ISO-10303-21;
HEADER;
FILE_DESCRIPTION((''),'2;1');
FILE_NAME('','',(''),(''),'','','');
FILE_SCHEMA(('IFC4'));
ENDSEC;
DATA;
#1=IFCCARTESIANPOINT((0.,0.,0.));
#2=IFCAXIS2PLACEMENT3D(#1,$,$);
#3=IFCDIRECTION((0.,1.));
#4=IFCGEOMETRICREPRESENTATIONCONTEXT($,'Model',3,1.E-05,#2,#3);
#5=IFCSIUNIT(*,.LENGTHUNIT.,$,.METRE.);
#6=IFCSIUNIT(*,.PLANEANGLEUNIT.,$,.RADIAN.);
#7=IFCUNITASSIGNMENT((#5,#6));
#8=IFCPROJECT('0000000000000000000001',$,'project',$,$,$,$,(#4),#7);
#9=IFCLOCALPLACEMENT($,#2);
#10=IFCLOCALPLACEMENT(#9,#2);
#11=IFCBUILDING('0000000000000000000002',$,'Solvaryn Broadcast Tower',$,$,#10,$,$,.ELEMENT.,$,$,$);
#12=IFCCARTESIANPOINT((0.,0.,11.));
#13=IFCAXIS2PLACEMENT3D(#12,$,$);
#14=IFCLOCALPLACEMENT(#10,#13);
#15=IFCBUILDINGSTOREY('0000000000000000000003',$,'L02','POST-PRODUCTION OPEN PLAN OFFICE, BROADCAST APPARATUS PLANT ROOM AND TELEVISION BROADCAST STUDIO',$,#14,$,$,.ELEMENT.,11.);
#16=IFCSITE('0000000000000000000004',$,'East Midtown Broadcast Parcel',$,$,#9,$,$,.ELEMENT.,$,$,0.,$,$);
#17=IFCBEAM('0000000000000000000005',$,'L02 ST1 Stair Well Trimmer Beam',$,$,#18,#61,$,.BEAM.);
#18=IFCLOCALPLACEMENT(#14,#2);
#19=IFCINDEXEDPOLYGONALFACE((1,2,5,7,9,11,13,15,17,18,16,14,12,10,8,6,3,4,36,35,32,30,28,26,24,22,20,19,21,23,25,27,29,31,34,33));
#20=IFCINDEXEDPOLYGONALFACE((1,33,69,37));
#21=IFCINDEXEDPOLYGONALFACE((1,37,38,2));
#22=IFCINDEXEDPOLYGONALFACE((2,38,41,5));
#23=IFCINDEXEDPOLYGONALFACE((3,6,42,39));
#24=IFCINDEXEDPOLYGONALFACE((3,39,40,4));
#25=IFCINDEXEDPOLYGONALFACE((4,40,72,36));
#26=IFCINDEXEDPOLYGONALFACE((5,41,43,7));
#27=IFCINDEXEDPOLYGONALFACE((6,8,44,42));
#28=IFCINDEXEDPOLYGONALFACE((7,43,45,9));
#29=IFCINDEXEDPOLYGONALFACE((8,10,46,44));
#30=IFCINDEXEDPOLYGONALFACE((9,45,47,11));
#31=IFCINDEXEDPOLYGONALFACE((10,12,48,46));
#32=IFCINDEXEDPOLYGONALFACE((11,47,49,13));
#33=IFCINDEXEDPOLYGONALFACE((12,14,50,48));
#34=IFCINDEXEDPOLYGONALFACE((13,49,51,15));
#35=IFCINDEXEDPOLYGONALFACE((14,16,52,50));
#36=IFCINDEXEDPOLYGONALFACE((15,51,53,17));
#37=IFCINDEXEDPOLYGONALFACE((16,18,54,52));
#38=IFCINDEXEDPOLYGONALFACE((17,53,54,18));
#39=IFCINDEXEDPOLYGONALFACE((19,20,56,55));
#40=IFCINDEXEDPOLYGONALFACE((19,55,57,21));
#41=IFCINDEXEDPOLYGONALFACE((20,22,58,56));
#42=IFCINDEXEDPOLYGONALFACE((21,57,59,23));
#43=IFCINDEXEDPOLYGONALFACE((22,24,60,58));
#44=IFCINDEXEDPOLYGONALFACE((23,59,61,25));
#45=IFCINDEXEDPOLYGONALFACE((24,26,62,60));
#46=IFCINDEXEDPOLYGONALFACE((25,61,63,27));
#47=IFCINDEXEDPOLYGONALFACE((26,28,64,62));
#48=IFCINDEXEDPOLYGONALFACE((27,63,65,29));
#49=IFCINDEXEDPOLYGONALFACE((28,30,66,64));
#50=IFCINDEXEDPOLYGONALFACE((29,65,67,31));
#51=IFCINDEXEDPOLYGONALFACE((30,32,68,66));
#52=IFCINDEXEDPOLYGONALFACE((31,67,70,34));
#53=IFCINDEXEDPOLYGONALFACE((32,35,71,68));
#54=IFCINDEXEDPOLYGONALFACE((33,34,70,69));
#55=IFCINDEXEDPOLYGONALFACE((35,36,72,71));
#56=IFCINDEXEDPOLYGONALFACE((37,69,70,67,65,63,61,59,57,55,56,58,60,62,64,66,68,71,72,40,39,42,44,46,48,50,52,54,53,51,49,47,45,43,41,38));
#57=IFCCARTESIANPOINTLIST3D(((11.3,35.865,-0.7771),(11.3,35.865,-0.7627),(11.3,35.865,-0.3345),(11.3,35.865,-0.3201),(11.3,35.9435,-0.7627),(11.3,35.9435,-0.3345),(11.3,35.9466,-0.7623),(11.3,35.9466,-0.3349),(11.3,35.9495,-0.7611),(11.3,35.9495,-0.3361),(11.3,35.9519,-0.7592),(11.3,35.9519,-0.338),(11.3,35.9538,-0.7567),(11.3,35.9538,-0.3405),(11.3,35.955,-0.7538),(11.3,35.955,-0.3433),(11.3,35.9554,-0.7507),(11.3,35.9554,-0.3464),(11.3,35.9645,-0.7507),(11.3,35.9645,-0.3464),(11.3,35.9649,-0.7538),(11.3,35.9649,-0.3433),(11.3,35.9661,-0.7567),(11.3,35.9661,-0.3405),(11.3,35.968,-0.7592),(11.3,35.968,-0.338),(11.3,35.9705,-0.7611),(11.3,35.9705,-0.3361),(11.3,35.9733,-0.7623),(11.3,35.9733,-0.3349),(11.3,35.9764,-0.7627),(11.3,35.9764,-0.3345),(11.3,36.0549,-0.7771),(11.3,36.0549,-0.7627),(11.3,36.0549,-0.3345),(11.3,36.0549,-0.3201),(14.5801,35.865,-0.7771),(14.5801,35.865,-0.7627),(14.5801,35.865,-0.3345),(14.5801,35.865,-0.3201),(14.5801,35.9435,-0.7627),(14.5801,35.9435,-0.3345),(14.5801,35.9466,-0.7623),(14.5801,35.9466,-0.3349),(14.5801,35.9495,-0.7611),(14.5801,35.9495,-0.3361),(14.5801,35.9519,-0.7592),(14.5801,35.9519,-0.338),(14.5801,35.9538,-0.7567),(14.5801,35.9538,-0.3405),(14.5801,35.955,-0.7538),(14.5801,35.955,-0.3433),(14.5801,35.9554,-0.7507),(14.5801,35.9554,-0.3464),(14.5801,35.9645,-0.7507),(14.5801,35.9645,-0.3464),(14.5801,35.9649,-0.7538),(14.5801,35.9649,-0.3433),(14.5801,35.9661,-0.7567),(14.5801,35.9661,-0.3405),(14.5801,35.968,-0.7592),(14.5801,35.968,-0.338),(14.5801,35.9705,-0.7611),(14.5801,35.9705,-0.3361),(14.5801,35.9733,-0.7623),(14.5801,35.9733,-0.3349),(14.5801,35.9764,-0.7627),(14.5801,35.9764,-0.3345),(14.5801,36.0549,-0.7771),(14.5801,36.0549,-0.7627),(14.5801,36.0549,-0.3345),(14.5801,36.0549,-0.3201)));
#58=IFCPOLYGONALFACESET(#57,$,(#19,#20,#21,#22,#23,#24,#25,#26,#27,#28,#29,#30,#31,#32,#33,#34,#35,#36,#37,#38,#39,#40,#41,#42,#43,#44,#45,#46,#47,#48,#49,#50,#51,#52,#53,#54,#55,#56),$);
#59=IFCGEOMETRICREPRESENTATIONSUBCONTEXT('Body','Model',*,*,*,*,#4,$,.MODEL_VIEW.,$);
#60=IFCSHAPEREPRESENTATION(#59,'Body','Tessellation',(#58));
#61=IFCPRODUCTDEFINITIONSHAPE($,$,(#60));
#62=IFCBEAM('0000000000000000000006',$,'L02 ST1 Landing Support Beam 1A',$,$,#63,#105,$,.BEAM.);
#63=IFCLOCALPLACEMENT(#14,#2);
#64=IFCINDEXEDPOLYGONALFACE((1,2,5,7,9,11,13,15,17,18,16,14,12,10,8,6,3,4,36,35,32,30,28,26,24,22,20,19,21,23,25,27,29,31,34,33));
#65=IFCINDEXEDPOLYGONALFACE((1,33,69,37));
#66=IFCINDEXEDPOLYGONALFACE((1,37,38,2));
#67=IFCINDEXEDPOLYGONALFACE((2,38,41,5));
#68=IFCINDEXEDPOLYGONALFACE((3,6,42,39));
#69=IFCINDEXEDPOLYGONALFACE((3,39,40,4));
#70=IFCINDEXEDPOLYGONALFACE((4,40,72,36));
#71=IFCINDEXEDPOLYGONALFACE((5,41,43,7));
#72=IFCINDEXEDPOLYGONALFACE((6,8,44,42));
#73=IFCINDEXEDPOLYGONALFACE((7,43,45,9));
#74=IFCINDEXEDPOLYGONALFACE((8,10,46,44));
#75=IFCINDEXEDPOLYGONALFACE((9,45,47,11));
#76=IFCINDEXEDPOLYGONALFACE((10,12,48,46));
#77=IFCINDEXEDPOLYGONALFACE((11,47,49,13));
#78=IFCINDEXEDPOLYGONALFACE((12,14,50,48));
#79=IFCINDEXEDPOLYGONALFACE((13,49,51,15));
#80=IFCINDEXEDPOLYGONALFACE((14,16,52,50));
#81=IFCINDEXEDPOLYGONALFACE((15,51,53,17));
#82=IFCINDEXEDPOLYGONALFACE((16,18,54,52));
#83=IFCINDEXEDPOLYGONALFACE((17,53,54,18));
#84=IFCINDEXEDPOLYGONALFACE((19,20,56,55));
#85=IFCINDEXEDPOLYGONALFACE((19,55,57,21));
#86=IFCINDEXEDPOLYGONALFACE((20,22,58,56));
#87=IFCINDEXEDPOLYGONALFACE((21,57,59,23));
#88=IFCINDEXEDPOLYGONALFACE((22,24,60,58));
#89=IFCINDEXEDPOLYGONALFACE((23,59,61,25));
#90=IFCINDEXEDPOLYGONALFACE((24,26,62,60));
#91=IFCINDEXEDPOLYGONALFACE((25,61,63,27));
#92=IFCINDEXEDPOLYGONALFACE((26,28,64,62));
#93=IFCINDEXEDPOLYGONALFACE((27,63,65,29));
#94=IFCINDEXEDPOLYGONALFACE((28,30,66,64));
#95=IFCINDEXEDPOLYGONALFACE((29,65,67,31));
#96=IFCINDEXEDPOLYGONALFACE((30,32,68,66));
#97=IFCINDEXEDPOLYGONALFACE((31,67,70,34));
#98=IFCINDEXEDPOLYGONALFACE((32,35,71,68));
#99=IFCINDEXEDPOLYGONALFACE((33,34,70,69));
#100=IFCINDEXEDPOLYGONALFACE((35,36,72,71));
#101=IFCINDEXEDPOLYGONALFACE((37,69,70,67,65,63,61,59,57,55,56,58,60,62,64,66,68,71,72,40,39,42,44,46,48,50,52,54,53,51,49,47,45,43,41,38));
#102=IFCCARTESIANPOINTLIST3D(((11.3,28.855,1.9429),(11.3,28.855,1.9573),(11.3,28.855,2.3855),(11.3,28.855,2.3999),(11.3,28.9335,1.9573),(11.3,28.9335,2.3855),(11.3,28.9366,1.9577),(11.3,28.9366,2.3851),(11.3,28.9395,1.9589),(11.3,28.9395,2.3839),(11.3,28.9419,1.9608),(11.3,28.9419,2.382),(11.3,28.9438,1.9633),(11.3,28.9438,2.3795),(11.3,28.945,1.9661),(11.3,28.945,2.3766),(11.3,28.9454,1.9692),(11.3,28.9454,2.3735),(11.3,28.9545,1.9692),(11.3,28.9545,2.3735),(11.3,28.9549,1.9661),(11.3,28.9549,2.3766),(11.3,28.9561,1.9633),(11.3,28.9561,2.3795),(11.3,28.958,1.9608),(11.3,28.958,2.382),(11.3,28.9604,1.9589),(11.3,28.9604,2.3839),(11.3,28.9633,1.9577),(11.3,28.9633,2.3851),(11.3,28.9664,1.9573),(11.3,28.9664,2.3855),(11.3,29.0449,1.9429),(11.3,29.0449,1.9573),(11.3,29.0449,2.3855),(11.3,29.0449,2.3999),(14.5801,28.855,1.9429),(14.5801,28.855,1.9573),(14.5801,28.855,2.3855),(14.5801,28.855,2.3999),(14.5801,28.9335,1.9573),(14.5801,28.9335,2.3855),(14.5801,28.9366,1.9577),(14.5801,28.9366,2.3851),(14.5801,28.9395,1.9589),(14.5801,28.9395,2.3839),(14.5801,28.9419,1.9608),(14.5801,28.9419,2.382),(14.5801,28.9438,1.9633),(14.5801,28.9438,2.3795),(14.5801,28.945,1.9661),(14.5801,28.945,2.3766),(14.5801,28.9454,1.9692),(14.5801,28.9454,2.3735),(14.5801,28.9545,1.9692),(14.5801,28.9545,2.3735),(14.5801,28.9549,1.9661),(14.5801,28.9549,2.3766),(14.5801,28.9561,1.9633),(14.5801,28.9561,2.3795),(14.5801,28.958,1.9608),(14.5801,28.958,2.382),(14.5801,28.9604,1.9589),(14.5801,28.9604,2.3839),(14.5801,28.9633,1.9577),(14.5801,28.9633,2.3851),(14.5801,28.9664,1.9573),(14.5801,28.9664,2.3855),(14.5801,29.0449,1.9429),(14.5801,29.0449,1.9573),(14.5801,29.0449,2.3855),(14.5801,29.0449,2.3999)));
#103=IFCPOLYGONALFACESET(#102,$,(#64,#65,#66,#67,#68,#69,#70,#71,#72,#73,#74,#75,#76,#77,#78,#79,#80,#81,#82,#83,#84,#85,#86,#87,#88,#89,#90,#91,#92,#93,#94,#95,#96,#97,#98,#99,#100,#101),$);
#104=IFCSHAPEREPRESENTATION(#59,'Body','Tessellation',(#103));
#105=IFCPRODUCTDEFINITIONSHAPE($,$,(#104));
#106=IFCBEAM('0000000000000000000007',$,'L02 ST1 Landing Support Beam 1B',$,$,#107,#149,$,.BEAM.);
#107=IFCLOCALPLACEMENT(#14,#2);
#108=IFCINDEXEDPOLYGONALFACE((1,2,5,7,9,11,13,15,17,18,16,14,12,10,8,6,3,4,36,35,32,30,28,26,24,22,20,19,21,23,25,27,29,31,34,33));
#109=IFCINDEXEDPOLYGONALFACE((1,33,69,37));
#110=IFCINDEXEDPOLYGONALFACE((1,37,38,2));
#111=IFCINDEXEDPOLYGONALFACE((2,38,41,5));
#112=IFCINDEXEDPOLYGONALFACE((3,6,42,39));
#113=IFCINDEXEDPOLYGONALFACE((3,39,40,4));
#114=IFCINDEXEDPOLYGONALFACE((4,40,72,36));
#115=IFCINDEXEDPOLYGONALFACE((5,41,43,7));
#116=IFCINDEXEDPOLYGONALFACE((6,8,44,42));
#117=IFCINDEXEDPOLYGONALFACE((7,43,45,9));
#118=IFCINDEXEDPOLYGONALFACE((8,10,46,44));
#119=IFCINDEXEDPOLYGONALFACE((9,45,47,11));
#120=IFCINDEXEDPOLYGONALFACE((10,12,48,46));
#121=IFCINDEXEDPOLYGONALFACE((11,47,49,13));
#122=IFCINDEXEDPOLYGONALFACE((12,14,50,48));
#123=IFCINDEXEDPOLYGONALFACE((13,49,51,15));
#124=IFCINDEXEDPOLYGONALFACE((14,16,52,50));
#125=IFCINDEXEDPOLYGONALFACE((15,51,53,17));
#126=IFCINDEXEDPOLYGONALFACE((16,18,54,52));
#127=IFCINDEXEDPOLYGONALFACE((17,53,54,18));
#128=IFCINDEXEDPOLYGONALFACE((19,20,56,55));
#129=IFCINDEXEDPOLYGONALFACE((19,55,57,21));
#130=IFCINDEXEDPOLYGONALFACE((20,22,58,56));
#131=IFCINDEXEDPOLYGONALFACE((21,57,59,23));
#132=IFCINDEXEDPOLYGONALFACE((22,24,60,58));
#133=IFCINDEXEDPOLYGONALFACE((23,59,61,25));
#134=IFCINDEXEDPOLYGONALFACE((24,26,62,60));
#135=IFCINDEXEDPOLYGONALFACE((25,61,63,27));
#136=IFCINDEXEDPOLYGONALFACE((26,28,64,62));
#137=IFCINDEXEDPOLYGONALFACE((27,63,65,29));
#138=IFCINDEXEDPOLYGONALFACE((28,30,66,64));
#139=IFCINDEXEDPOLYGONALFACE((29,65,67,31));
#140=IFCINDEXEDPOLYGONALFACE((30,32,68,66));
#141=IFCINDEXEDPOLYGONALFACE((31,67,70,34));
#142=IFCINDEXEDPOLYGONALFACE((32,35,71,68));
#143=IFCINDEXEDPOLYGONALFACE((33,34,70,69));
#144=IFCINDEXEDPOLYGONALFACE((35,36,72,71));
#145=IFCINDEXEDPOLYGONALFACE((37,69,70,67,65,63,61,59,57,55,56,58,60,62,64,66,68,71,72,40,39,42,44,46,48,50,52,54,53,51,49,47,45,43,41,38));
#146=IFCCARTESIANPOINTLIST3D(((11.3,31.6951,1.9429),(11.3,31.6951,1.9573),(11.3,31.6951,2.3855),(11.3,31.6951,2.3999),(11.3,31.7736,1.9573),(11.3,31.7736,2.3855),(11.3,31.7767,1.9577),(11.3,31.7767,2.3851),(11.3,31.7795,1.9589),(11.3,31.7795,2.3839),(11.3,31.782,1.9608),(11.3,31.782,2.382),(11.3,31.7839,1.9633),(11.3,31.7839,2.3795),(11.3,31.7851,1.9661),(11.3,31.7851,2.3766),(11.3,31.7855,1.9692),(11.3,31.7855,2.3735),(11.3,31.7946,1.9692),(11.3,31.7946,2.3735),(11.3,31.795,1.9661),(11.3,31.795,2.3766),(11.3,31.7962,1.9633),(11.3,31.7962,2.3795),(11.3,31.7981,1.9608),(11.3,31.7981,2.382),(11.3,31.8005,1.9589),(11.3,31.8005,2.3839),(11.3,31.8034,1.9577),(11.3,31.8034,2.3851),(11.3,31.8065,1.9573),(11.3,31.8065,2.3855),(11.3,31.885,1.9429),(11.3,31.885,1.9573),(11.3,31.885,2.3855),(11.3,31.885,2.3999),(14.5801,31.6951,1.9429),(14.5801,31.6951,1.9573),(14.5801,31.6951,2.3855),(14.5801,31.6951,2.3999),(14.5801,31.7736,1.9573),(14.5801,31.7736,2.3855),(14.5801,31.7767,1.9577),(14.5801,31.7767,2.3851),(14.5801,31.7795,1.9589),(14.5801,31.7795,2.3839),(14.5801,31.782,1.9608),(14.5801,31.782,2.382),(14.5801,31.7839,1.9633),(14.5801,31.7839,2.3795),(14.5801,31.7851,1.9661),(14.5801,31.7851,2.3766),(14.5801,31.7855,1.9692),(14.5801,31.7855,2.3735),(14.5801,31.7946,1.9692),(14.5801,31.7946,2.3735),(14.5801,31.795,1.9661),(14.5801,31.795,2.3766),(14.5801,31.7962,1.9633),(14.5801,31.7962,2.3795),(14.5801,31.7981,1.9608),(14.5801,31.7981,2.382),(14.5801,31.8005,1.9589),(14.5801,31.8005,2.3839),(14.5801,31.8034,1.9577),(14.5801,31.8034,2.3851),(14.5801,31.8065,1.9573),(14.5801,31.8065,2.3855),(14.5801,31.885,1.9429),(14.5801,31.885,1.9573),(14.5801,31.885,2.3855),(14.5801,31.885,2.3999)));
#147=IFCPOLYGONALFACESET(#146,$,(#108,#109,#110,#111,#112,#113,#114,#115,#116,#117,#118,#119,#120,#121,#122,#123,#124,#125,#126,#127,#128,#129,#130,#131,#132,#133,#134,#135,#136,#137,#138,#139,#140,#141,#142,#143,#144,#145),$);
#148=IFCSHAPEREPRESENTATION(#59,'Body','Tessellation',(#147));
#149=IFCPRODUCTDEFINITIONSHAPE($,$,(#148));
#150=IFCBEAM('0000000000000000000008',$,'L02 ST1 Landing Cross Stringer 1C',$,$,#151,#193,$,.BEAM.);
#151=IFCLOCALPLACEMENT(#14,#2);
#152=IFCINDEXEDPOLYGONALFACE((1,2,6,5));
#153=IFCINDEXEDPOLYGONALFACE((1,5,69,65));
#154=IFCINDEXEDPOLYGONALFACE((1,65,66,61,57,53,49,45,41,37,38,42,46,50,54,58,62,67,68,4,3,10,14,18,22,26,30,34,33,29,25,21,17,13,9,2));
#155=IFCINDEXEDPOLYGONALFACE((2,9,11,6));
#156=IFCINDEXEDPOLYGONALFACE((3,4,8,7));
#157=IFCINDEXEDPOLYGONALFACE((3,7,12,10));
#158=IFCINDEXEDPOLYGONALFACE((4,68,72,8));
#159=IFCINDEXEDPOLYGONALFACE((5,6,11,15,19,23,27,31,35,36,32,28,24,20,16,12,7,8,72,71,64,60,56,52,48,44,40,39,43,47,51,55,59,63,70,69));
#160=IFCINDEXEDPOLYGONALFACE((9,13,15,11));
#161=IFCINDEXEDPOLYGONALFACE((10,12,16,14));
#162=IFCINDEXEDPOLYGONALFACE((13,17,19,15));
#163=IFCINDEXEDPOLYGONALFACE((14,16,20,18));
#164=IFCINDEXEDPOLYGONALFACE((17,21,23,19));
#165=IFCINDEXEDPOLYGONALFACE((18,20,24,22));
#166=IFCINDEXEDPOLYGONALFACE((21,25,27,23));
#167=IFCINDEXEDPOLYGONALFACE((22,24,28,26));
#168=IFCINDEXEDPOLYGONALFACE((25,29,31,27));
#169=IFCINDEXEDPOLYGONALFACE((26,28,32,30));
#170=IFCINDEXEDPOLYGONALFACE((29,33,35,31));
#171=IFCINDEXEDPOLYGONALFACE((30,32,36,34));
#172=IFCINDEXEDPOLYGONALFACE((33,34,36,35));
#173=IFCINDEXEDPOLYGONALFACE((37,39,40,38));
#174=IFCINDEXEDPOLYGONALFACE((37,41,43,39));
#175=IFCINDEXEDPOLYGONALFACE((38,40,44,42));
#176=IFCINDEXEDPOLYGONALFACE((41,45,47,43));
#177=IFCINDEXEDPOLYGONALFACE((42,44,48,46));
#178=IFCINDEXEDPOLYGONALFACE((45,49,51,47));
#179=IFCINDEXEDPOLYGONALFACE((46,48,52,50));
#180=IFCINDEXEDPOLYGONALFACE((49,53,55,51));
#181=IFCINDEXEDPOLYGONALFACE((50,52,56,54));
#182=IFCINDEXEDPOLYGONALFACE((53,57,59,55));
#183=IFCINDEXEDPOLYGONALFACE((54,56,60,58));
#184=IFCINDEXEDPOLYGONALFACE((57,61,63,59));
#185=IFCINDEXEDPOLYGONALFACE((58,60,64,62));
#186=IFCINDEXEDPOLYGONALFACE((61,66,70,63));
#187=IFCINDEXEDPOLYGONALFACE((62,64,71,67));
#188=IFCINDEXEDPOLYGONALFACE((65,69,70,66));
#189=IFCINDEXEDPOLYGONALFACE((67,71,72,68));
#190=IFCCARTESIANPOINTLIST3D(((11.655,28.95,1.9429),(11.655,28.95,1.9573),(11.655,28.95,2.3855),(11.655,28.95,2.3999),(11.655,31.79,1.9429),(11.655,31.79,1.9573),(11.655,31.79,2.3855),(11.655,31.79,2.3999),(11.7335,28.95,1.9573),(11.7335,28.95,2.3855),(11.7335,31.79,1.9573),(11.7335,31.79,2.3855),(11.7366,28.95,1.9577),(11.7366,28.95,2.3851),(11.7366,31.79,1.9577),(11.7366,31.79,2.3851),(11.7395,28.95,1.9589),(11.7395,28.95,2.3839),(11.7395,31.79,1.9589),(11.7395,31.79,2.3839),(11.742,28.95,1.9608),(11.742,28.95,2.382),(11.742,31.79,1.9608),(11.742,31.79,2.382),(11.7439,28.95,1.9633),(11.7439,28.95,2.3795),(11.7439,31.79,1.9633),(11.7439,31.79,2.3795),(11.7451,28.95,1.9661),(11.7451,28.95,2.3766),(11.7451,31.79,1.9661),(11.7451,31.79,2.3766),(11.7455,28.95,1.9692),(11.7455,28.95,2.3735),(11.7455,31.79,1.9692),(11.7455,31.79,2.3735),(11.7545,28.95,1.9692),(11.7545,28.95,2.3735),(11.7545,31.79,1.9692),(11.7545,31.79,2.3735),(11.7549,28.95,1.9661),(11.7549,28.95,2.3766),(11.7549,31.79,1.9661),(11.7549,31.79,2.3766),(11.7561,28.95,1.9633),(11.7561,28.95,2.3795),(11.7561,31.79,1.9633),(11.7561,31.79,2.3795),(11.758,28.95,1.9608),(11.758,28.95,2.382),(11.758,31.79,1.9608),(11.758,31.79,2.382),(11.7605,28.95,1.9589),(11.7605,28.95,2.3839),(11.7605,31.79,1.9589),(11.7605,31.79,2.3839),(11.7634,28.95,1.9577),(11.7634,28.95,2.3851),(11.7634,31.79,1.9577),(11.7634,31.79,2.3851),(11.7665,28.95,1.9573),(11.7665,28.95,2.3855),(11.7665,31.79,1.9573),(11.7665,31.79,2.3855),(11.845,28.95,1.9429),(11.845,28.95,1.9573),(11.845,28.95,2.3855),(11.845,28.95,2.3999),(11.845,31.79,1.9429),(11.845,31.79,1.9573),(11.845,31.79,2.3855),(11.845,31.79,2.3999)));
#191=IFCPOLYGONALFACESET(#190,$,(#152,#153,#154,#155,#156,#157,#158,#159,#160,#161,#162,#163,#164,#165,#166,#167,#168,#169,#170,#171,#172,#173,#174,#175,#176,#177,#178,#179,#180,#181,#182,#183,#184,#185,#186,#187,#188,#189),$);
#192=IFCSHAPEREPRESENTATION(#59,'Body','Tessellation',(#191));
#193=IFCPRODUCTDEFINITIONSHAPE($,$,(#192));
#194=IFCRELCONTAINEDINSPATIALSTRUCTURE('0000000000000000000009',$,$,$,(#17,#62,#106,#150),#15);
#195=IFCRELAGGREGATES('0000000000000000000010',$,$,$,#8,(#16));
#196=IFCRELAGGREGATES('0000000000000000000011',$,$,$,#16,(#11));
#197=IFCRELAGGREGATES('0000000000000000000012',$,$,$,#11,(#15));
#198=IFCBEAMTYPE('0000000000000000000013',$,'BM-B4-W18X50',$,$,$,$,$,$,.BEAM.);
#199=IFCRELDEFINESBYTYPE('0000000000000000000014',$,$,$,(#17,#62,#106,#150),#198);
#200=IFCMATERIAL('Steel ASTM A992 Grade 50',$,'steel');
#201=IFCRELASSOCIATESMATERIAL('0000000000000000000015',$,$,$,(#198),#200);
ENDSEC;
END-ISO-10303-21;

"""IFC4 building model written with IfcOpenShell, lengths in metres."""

from ifc_helpers import new_model, si_unit, direction, frame, origin, origin_2d, place, context, subcontext, project, spatial, i_section, extrude, material, material_profile, profile_set, type_object, element, save


model = new_model("IFC4")

# Units and contexts
model_context = context("Model", 3, precision=1e-05, world=origin(), true_north=direction((0.0, 1.0)))
body_context = subcontext(model_context, "Body", "Model", "MODEL_VIEW")
ifc_project = project(units=[si_unit("LENGTHUNIT", "METRE"), si_unit("PLANEANGLEUNIT", "RADIAN")], contexts=[model_context])

# Site, building, storey
site_placement = place(None, origin())
site = spatial("IfcSite", under=ifc_project, at=site_placement, Name="East Midtown Broadcast Parcel", CompositionType="ELEMENT", RefElevation=0.0)
building_placement = place(site_placement, origin())
building = spatial("IfcBuilding", under=site, at=building_placement, Name="Solvaryn Broadcast Tower", CompositionType="ELEMENT")
storey_placement = place(building_placement, frame((0.0, 0.0, 11.0)))
storey = spatial("IfcBuildingStorey", under=building, at=storey_placement, Name="L02", Description="POST-PRODUCTION OPEN PLAN OFFICE, BROADCAST APPARATUS PLANT ROOM AND TELEVISION BROADCAST STUDIO", CompositionType="ELEMENT", Elevation=11.0)

# Beams
ifc_material_1 = material(Name="Steel ASTM A992 Grade 50", Category="steel")
ifc_material_profile_1 = material_profile(ifc_material_1, i_section(OverallWidth=0.1899, OverallDepth=0.457, WebThickness=0.009, FlangeThickness=0.0144, FilletRadius=0.012, at=origin_2d()))
ifc_profile_set_1 = profile_set([ifc_material_profile_1], Name="Steel ASTM A992 Grade 50")
beam_type = type_object("IfcBeamType", Name="BM-B4-W18X50", PredefinedType="BEAM", material=ifc_profile_set_1)
for number, where, z_axis, x_axis, name in (
    (1, (11.3, 35.96, -0.5486), (1.0, 0.0, 0.0), (0.0, 1.0, 0.0), "L02 ST1 Stair Well Trimmer Beam"),
    (2, (11.3, 28.95, 2.1714), (1.0, 0.0, 0.0), (0.0, 1.0, 0.0), "L02 ST1 Landing Support Beam 1A"),
    (3, (11.3, 31.79, 2.1714), (1.0, 0.0, 0.0), (0.0, 1.0, 0.0), "L02 ST1 Landing Support Beam 1B"),
):
    element("IfcBeam", number, at=place(storey_placement, frame(where, z_axis=z_axis, x_axis=x_axis)), inside=storey, type_object=beam_type, Name=name, PredefinedType="BEAM", context=body_context, shape_type="SweptSolid", body=[
        extrude(i_section(OverallWidth=0.1899, OverallDepth=0.457, WebThickness=0.009, FlangeThickness=0.0144, FilletRadius=0.012, at=origin_2d()), origin(), (0.0, 0.0, 1.0), 3.28),
    ])
beam_1_placement = place(storey_placement, frame((11.75, 28.95, 2.1714), z_axis=(0.0, 1.0, 0.0), x_axis=(-1.0, 0.0, 0.0)))
element("IfcBeam", 4, at=beam_1_placement, inside=storey, type_object=beam_type, Name="L02 ST1 Landing Cross Stringer 1C", PredefinedType="BEAM", context=body_context, shape_type="SweptSolid", body=[
    extrude(i_section(OverallWidth=0.1899, OverallDepth=0.457, WebThickness=0.009, FlangeThickness=0.0144, FilletRadius=0.012, at=origin_2d()), origin(), (0.0, 0.0, 1.0), 2.8401),
])

save(model, "model.ifc")
